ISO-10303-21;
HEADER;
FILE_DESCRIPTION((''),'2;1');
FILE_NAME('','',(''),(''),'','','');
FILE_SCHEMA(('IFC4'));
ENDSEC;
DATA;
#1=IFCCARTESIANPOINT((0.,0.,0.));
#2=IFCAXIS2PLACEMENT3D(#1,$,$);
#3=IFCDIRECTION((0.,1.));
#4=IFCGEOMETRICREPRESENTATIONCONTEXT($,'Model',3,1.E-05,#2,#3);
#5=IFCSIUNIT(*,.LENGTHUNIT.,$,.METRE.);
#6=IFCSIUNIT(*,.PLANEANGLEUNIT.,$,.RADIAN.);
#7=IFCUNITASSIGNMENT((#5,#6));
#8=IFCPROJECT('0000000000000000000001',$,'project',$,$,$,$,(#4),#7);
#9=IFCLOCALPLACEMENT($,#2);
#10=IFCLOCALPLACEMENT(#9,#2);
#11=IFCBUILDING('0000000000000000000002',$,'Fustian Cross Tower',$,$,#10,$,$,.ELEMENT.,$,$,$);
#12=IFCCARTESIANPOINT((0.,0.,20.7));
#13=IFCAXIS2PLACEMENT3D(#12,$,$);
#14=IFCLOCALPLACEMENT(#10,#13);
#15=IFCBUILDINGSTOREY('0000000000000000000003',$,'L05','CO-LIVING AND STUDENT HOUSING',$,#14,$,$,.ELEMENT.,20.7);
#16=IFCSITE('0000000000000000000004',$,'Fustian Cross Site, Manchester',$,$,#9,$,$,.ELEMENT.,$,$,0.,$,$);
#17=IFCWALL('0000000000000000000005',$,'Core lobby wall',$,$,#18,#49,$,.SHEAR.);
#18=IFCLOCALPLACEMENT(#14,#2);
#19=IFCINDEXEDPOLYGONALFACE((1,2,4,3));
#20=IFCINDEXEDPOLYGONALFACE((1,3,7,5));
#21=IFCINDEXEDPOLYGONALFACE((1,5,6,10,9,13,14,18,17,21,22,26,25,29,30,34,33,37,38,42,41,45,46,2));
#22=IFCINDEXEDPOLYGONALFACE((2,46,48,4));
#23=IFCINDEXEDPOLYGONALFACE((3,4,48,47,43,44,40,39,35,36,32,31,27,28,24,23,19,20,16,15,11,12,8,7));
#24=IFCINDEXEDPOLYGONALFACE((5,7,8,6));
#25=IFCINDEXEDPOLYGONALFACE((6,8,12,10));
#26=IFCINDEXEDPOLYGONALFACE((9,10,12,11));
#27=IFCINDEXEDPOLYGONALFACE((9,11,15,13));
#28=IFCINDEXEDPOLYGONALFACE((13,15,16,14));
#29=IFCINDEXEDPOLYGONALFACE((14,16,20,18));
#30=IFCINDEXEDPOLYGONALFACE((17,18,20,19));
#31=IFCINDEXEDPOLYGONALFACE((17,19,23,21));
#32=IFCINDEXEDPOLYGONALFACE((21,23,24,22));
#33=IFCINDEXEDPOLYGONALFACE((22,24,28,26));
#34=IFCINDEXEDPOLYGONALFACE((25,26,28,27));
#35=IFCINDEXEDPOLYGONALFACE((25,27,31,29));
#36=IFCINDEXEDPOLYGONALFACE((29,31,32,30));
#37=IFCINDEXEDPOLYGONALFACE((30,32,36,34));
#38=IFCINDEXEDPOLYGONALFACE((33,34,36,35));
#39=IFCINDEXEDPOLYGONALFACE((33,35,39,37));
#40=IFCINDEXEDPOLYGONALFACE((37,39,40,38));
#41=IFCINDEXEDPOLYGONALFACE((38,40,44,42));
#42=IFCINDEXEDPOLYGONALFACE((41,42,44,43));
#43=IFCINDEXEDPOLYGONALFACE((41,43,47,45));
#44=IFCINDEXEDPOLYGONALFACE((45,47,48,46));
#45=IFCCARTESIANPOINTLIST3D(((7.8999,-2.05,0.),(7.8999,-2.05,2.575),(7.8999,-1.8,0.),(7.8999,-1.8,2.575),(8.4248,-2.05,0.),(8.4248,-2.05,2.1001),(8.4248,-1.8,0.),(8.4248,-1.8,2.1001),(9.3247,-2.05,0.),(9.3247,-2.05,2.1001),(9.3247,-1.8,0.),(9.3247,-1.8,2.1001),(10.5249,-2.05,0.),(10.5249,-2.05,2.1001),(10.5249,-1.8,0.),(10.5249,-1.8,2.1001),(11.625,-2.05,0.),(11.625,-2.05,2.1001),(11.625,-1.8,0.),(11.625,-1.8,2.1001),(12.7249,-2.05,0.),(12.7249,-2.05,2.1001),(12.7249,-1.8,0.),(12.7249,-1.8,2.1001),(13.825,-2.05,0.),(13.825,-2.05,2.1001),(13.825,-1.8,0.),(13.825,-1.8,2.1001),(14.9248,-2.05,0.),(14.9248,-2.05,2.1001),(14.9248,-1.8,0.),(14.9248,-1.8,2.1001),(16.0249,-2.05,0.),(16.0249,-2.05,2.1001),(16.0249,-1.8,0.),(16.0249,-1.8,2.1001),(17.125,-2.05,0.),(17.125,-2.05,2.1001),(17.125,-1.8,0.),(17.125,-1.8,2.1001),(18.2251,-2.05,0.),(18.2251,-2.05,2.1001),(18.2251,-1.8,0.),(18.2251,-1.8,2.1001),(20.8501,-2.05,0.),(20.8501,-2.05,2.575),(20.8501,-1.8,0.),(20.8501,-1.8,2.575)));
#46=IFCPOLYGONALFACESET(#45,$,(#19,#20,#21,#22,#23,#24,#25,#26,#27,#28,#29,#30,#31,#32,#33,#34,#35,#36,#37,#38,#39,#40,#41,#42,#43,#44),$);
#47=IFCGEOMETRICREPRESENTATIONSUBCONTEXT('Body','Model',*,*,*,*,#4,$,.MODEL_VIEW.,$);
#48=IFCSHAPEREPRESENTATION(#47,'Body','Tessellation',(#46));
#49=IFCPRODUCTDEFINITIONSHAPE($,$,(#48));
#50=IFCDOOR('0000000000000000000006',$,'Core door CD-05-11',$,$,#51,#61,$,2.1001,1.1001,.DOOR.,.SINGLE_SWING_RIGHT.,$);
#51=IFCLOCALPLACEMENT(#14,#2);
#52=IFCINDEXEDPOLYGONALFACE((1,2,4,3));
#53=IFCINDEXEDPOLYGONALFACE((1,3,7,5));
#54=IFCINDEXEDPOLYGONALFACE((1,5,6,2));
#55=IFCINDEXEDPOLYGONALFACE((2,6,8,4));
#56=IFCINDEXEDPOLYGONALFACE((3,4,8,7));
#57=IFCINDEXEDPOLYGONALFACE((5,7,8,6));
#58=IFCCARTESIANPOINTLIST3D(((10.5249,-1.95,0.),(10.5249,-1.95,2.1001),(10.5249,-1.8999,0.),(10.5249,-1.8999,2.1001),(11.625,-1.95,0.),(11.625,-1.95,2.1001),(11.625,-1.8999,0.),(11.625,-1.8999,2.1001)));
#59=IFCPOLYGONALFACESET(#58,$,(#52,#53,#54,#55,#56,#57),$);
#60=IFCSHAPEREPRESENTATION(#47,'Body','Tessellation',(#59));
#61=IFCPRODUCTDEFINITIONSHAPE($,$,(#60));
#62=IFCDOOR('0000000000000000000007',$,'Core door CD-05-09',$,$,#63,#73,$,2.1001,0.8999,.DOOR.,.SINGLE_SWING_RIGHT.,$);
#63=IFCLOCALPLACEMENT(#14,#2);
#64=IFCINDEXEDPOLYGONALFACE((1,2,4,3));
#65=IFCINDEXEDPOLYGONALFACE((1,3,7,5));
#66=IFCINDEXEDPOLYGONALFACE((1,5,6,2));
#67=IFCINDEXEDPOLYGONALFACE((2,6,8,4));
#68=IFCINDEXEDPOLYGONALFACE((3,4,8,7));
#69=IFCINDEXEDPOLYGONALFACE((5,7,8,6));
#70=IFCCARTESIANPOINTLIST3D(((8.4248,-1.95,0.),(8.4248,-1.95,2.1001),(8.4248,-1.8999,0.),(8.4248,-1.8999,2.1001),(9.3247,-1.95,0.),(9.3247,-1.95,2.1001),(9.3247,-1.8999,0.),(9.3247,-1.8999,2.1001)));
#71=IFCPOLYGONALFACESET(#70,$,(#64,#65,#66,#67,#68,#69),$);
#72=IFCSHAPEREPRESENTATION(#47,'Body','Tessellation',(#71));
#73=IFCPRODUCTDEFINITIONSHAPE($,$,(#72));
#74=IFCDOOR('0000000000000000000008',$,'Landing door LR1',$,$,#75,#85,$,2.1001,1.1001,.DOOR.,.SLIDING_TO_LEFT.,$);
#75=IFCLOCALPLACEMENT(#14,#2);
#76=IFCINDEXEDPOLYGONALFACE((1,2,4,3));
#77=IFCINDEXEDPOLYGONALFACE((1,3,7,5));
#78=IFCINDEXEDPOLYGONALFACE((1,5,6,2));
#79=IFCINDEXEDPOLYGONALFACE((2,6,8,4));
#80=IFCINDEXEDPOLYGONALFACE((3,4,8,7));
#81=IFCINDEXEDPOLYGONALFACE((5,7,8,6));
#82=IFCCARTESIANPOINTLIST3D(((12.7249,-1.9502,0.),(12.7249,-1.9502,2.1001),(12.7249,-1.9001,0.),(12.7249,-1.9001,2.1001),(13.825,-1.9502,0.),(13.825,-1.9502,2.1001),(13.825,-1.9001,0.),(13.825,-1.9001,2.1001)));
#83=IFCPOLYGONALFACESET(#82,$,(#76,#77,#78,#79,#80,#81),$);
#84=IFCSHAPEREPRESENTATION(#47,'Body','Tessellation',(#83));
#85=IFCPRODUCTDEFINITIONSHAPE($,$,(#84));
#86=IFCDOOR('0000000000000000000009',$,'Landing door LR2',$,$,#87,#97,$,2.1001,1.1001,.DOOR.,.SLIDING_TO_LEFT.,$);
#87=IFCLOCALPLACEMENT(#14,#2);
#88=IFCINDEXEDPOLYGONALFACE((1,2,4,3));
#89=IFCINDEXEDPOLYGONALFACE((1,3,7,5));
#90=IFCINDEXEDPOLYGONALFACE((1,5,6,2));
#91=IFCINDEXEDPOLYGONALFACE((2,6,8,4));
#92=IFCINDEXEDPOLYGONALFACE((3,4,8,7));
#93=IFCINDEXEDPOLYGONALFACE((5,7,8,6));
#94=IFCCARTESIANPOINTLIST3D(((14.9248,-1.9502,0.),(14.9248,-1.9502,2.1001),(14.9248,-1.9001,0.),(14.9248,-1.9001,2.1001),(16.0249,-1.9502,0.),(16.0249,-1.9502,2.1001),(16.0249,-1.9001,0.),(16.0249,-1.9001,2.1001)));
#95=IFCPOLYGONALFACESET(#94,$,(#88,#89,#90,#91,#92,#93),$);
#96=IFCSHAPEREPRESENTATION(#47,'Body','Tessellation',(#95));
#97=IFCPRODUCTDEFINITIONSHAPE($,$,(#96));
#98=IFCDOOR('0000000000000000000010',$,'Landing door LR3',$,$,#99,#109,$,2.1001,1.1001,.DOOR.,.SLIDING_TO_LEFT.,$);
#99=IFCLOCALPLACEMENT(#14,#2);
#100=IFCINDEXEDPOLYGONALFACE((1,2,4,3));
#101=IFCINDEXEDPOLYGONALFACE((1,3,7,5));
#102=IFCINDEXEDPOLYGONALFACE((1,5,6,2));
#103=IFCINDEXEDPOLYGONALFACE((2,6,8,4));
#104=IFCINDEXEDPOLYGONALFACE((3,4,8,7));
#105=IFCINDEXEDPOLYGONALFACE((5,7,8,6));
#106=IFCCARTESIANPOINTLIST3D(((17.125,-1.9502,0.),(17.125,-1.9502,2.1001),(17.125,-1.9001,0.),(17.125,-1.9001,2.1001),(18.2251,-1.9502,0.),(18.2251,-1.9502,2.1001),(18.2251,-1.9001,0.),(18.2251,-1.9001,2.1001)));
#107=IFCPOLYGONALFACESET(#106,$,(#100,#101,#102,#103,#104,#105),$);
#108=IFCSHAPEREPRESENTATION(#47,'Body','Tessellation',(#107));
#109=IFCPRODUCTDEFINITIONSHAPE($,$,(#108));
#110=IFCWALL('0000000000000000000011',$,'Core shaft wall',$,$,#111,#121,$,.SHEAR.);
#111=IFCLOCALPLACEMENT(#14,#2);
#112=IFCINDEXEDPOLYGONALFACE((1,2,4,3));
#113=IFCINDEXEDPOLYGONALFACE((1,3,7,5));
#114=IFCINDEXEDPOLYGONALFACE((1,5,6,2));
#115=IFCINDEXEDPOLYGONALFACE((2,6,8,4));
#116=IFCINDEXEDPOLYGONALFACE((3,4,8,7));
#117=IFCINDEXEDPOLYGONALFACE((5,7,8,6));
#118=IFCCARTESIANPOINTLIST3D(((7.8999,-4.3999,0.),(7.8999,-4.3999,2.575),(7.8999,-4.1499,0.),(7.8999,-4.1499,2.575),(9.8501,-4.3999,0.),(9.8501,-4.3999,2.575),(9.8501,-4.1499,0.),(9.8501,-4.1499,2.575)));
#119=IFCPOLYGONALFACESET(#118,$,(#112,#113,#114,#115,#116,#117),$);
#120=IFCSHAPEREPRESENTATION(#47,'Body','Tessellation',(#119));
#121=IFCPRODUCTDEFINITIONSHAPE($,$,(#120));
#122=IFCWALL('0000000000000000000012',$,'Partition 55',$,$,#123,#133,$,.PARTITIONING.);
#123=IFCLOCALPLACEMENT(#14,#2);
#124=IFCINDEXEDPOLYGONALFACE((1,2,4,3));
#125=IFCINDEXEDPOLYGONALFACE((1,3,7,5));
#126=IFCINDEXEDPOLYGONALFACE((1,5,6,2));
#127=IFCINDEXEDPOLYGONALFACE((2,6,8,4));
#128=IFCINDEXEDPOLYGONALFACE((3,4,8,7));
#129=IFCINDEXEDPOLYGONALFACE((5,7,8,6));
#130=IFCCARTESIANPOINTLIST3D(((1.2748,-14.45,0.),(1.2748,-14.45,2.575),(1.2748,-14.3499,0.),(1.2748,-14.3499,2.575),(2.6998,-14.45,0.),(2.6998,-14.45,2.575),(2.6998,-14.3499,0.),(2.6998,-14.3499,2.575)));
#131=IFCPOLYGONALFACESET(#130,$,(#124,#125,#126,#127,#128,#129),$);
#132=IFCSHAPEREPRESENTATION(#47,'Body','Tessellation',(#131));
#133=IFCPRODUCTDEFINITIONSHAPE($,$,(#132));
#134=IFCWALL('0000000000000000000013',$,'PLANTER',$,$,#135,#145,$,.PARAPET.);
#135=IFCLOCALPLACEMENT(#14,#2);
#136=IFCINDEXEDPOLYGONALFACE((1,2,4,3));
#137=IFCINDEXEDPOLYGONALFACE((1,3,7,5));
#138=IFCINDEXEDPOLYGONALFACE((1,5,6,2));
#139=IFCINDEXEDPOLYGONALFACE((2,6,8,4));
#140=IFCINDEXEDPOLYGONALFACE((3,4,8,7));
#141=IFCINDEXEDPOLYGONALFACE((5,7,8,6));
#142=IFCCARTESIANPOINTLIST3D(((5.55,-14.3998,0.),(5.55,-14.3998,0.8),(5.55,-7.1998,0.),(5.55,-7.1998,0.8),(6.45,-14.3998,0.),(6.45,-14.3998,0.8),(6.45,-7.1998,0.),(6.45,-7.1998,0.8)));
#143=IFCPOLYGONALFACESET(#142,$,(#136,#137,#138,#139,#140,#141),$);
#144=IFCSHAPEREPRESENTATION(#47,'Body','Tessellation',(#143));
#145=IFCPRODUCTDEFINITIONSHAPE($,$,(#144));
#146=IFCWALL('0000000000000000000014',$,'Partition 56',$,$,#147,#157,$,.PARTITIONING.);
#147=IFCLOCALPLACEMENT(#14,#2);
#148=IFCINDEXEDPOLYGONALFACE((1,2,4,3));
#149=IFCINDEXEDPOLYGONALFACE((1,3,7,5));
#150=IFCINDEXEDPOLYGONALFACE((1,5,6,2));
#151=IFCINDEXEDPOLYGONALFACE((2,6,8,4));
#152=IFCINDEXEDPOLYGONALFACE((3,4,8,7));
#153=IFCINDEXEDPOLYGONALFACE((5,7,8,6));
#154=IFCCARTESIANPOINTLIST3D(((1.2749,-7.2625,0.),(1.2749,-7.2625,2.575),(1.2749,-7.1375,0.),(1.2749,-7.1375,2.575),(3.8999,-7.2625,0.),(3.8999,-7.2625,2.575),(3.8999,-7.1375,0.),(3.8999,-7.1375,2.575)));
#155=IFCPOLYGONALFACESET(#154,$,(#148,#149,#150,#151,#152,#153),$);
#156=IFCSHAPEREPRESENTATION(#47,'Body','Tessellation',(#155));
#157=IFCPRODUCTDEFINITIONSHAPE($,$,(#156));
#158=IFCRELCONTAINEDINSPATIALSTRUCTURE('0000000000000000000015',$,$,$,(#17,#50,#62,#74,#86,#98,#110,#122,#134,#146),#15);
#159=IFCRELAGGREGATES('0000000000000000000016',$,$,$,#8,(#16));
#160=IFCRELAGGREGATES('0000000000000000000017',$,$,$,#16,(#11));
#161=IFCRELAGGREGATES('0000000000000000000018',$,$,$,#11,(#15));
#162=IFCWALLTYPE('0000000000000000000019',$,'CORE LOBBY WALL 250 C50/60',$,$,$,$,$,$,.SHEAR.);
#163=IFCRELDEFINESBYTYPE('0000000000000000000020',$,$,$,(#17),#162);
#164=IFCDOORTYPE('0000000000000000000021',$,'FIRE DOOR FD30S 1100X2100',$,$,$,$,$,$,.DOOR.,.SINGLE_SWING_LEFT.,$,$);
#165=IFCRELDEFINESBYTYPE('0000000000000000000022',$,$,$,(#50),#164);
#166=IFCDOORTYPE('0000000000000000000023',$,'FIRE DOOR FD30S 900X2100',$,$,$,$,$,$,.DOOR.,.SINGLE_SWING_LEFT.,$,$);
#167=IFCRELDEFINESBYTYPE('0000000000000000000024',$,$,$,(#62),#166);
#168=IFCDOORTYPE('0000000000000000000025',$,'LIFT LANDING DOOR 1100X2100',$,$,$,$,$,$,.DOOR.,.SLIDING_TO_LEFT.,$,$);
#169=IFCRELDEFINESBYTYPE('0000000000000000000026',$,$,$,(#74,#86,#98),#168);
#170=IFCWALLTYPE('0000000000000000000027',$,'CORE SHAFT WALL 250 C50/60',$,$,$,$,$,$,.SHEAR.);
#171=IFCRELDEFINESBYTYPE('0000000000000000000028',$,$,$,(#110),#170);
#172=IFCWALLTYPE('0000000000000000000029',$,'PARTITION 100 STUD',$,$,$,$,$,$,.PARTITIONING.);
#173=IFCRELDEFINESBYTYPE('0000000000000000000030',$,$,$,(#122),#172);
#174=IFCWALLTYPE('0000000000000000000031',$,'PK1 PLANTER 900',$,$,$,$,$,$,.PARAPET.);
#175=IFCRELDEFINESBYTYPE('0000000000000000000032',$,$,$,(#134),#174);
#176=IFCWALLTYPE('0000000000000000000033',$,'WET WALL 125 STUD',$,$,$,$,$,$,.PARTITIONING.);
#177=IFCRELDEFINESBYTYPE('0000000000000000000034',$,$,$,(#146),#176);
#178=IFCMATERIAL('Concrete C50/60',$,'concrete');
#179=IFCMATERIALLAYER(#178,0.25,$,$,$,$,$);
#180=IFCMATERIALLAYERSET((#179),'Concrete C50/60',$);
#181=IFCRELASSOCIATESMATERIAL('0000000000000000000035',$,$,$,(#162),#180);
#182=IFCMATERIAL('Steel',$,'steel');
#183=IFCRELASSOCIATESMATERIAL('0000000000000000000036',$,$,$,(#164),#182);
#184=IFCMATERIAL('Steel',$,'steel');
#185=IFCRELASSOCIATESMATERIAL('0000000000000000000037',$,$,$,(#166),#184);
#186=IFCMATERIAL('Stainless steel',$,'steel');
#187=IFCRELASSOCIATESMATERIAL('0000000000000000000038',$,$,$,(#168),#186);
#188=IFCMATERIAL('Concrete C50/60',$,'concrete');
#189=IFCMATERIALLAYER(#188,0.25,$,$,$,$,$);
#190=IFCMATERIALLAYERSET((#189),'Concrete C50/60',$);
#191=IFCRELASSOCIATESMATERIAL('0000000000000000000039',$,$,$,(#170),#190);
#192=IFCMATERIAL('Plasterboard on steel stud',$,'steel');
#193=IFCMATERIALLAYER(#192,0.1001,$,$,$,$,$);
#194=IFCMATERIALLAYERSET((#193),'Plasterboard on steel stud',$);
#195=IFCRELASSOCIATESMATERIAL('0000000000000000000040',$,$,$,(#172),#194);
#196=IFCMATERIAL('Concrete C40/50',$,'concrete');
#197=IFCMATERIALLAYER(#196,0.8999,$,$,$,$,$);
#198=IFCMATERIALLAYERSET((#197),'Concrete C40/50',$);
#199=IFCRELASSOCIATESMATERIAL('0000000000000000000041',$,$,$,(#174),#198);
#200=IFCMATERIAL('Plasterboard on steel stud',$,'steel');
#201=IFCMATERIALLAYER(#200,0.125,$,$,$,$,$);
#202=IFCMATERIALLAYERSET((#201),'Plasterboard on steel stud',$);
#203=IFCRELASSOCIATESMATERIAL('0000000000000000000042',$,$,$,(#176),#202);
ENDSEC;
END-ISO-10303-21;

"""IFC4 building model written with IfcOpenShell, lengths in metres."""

from ifc_helpers import new_model, si_unit, direction, frame, frame_2d, origin, place, context, subcontext, project, spatial, rectangle, extrude, material, layer, layer_set, type_object, element, fill, save


model = new_model("IFC4")

# Units and contexts
model_context = context("Model", 3, precision=1e-05, world=origin(), true_north=direction((0.0, 1.0)))
body_context = subcontext(model_context, "Body", "Model", "MODEL_VIEW")
ifc_project = project(units=[si_unit("LENGTHUNIT", "METRE"), si_unit("PLANEANGLEUNIT", "RADIAN")], contexts=[model_context])

# Site, building, storey
site_placement = place(None, origin())
site = spatial("IfcSite", under=ifc_project, at=site_placement, Name="Fustian Cross Site, Manchester", CompositionType="ELEMENT", RefElevation=0.0)
building_placement = place(site_placement, origin())
building = spatial("IfcBuilding", under=site, at=building_placement, Name="Fustian Cross Tower", CompositionType="ELEMENT")
storey_placement = place(building_placement, frame((0.0, 0.0, 20.7)))
storey = spatial("IfcBuildingStorey", under=building, at=storey_placement, Name="L05", Description="CO-LIVING AND STUDENT HOUSING", CompositionType="ELEMENT", Elevation=20.7)

# Wall, openings, doors
ifc_material_1 = material(Name="Concrete C50/60", Category="concrete")
ifc_layer_1 = layer(ifc_material_1, 0.25)
ifc_layer_set_1 = layer_set([ifc_layer_1], Name="Concrete C50/60")
wall_type_1 = type_object("IfcWallType", Name="CORE LOBBY WALL 250 C50/60", PredefinedType="SHEAR", material=ifc_layer_set_1)
wall_1_placement = place(storey_placement, frame((7.8999, -1.925, 0.0), z_axis=(0.0, 0.0, 1.0), x_axis=(1.0, 0.0, 0.0)))
wall_1 = element("IfcWall", 1, at=wall_1_placement, inside=storey, type_object=wall_type_1, Name="Core lobby wall", PredefinedType="SHEAR", context=body_context, shape_type="SweptSolid", body=[
    extrude(rectangle(XDim=12.9502, YDim=0.25, at=frame_2d((6.4751, 0.0))), origin(), (0.0, 0.0, 1.0), 2.575),
])
opening_1_placement = place(wall_1_placement, frame((4.825, 0.0, 0.0)))
opening_1 = element("IfcOpeningElement", 2, at=opening_1_placement, cuts=wall_1, PredefinedType="OPENING", context=body_context, shape_type="SweptSolid", body=[
    extrude(rectangle(XDim=1.1001, YDim=2.1001, at=frame_2d((0.55, 1.05))), frame((0.0, 0.135, 0.0), z_axis=(0.0, -1.0, 0.0), x_axis=(1.0, 0.0, 0.0)), (0.0, 0.0, 1.0), 0.27),
])
opening_2_placement = place(wall_1_placement, frame((7.0249, 0.0, 0.0)))
opening_2 = element("IfcOpeningElement", 3, at=opening_2_placement, cuts=wall_1, PredefinedType="OPENING", context=body_context, shape_type="SweptSolid", body=[
    extrude(rectangle(XDim=1.1001, YDim=2.1001, at=frame_2d((0.55, 1.05))), frame((0.0, 0.135, 0.0), z_axis=(0.0, -1.0, 0.0), x_axis=(1.0, 0.0, 0.0)), (0.0, 0.0, 1.0), 0.27),
])
opening_3_placement = place(wall_1_placement, frame((9.2251, 0.0, 0.0)))
opening_3 = element("IfcOpeningElement", 4, at=opening_3_placement, cuts=wall_1, PredefinedType="OPENING", context=body_context, shape_type="SweptSolid", body=[
    extrude(rectangle(XDim=1.1001, YDim=2.1001, at=frame_2d((0.55, 1.05))), frame((0.0, 0.135, 0.0), z_axis=(0.0, -1.0, 0.0), x_axis=(1.0, 0.0, 0.0)), (0.0, 0.0, 1.0), 0.27),
])
opening_4_placement = place(wall_1_placement, frame((0.5249, 0.0, 0.0)))
opening_4 = element("IfcOpeningElement", 5, at=opening_4_placement, cuts=wall_1, PredefinedType="OPENING", context=body_context, shape_type="SweptSolid", body=[
    extrude(rectangle(XDim=0.8999, YDim=2.1001, at=frame_2d((0.45, 1.05))), frame((0.0, 0.135, 0.0), z_axis=(0.0, -1.0, 0.0), x_axis=(1.0, 0.0, 0.0)), (0.0, 0.0, 1.0), 0.27),
])
opening_5_placement = place(wall_1_placement, frame((2.625, 0.0, 0.0)))
opening_5 = element("IfcOpeningElement", 6, at=opening_5_placement, cuts=wall_1, PredefinedType="OPENING", context=body_context, shape_type="SweptSolid", body=[
    extrude(rectangle(XDim=1.1001, YDim=2.1001, at=frame_2d((0.55, 1.05))), frame((0.0, 0.135, 0.0), z_axis=(0.0, -1.0, 0.0), x_axis=(1.0, 0.0, 0.0)), (0.0, 0.0, 1.0), 0.27),
])
ifc_material_2 = material(Name="Steel", Category="steel")
door_type_1 = type_object("IfcDoorType", Name="FIRE DOOR FD30S 1100X2100", OperationType="SINGLE_SWING_LEFT", PredefinedType="DOOR", material=ifc_material_2)
door_1_placement = place(opening_5_placement, frame((1.1001, 0.0, 0.0), z_axis=(0.0, 0.0, 1.0), x_axis=(-1.0, 0.0, 0.0)))
door_1 = element("IfcDoor", 7, at=door_1_placement, inside=storey, type_object=door_type_1, Name="Core door CD-05-11", OperationType="SINGLE_SWING_RIGHT", OverallHeight=2.1001, OverallWidth=1.1001, PredefinedType="DOOR", context=body_context, shape_type="SweptSolid", body=[
    extrude(rectangle(XDim=1.1001, YDim=2.1001, at=frame_2d((0.55, 1.05))), frame((0.0, 0.0249, 0.0), z_axis=(0.0, -1.0, 0.0), x_axis=(1.0, 0.0, 0.0)), (0.0, 0.0, 1.0), 0.05),
])
fill(opening_5, door_1)
ifc_material_3 = material(Name="Steel", Category="steel")
door_type_2 = type_object("IfcDoorType", Name="FIRE DOOR FD30S 900X2100", OperationType="SINGLE_SWING_LEFT", PredefinedType="DOOR", material=ifc_material_3)
door_2_placement = place(opening_4_placement, frame((0.8999, 0.0, 0.0), z_axis=(0.0, 0.0, 1.0), x_axis=(-1.0, 0.0, 0.0)))
door_2 = element("IfcDoor", 8, at=door_2_placement, inside=storey, type_object=door_type_2, Name="Core door CD-05-09", OperationType="SINGLE_SWING_RIGHT", OverallHeight=2.1001, OverallWidth=0.8999, PredefinedType="DOOR", context=body_context, shape_type="SweptSolid", body=[
    extrude(rectangle(XDim=0.8999, YDim=2.1001, at=frame_2d((0.45, 1.05))), frame((0.0, 0.0249, 0.0), z_axis=(0.0, -1.0, 0.0), x_axis=(1.0, 0.0, 0.0)), (0.0, 0.0, 1.0), 0.05),
])
fill(opening_4, door_2)
ifc_material_4 = material(Name="Stainless steel", Category="steel")
door_type_3 = type_object("IfcDoorType", Name="LIFT LANDING DOOR 1100X2100", OperationType="SLIDING_TO_LEFT", PredefinedType="DOOR", material=ifc_material_4)
door_3_placement = place(opening_1_placement, origin())
door_3 = element("IfcDoor", 9, at=door_3_placement, inside=storey, type_object=door_type_3, Name="Landing door LR1", OperationType="SLIDING_TO_LEFT", OverallHeight=2.1001, OverallWidth=1.1001, PredefinedType="DOOR", context=body_context, shape_type="SweptSolid", body=[
    extrude(rectangle(XDim=1.1001, YDim=2.1001, at=frame_2d((0.55, 1.05))), frame((0.0, 0.0249, 0.0), z_axis=(0.0, -1.0, 0.0), x_axis=(1.0, 0.0, 0.0)), (0.0, 0.0, 1.0), 0.05),
])
fill(opening_1, door_3)
door_4_placement = place(opening_2_placement, origin())
door_4 = element("IfcDoor", 10, at=door_4_placement, inside=storey, type_object=door_type_3, Name="Landing door LR2", OperationType="SLIDING_TO_LEFT", OverallHeight=2.1001, OverallWidth=1.1001, PredefinedType="DOOR", context=body_context, shape_type="SweptSolid", body=[
    extrude(rectangle(XDim=1.1001, YDim=2.1001, at=frame_2d((0.55, 1.05))), frame((0.0, 0.0249, 0.0), z_axis=(0.0, -1.0, 0.0), x_axis=(1.0, 0.0, 0.0)), (0.0, 0.0, 1.0), 0.05),
])
fill(opening_2, door_4)
door_5_placement = place(opening_3_placement, origin())
door_5 = element("IfcDoor", 11, at=door_5_placement, inside=storey, type_object=door_type_3, Name="Landing door LR3", OperationType="SLIDING_TO_LEFT", OverallHeight=2.1001, OverallWidth=1.1001, PredefinedType="DOOR", context=body_context, shape_type="SweptSolid", body=[
    extrude(rectangle(XDim=1.1001, YDim=2.1001, at=frame_2d((0.55, 1.05))), frame((0.0, 0.0249, 0.0), z_axis=(0.0, -1.0, 0.0), x_axis=(1.0, 0.0, 0.0)), (0.0, 0.0, 1.0), 0.05),
])
fill(opening_3, door_5)

# Walls
ifc_material_5 = material(Name="Concrete C50/60", Category="concrete")
ifc_layer_2 = layer(ifc_material_5, 0.25)
ifc_layer_set_2 = layer_set([ifc_layer_2], Name="Concrete C50/60")
wall_type_2 = type_object("IfcWallType", Name="CORE SHAFT WALL 250 C50/60", PredefinedType="SHEAR", material=ifc_layer_set_2)
wall_2_placement = place(storey_placement, frame((7.8999, -4.2749, 0.0), z_axis=(0.0, 0.0, 1.0), x_axis=(1.0, 0.0, 0.0)))
element("IfcWall", 12, at=wall_2_placement, inside=storey, type_object=wall_type_2, Name="Core shaft wall", PredefinedType="SHEAR", context=body_context, shape_type="SweptSolid", body=[
    extrude(rectangle(XDim=1.9502, YDim=0.25, at=frame_2d((0.9751, 0.0))), origin(), (0.0, 0.0, 1.0), 2.575),
])
ifc_material_6 = material(Name="Plasterboard on steel stud", Category="steel")
ifc_layer_3 = layer(ifc_material_6, 0.1001)
ifc_layer_set_3 = layer_set([ifc_layer_3], Name="Plasterboard on steel stud")
wall_type_3 = type_object("IfcWallType", Name="PARTITION 100 STUD", PredefinedType="PARTITIONING", material=ifc_layer_set_3)
wall_3_placement = place(storey_placement, frame((1.2749, -14.3999, 0.0), z_axis=(0.0, 0.0, 1.0), x_axis=(1.0, 0.0, 0.0)))
element("IfcWall", 13, at=wall_3_placement, inside=storey, type_object=wall_type_3, Name="Partition 55", PredefinedType="PARTITIONING", context=body_context, shape_type="SweptSolid", body=[
    extrude(rectangle(XDim=1.425, YDim=0.1001, at=frame_2d((0.7124, 0.0))), origin(), (0.0, 0.0, 1.0), 2.575),
])
ifc_material_7 = material(Name="Concrete C40/50", Category="concrete")
ifc_layer_4 = layer(ifc_material_7, 0.8999)
ifc_layer_set_4 = layer_set([ifc_layer_4], Name="Concrete C40/50")
wall_type_4 = type_object("IfcWallType", Name="PK1 PLANTER 900", PredefinedType="PARAPET", material=ifc_layer_set_4)
wall_4_placement = place(storey_placement, frame((6.0, -14.3999, 0.0), z_axis=(0.0, 0.0, 1.0), x_axis=(0.0, 1.0, 0.0)))
element("IfcWall", 14, at=wall_4_placement, inside=storey, type_object=wall_type_4, Name="PLANTER", PredefinedType="PARAPET", context=body_context, shape_type="SweptSolid", body=[
    extrude(rectangle(XDim=7.2, YDim=0.8999, at=frame_2d((3.6001, 0.0))), origin(), (0.0, 0.0, 1.0), 0.8),
])
ifc_material_8 = material(Name="Plasterboard on steel stud", Category="steel")
ifc_layer_5 = layer(ifc_material_8, 0.125)
ifc_layer_set_5 = layer_set([ifc_layer_5], Name="Plasterboard on steel stud")
wall_type_5 = type_object("IfcWallType", Name="WET WALL 125 STUD", PredefinedType="PARTITIONING", material=ifc_layer_set_5)
wall_5_placement = place(storey_placement, frame((1.2749, -7.2, 0.0), z_axis=(0.0, 0.0, 1.0), x_axis=(1.0, 0.0, 0.0)))
element("IfcWall", 15, at=wall_5_placement, inside=storey, type_object=wall_type_5, Name="Partition 56", PredefinedType="PARTITIONING", context=body_context, shape_type="SweptSolid", body=[
    extrude(rectangle(XDim=2.625, YDim=0.125, at=frame_2d((1.3125, 0.0))), origin(), (0.0, 0.0, 1.0), 2.575),
])

save(model, "model.ifc")
